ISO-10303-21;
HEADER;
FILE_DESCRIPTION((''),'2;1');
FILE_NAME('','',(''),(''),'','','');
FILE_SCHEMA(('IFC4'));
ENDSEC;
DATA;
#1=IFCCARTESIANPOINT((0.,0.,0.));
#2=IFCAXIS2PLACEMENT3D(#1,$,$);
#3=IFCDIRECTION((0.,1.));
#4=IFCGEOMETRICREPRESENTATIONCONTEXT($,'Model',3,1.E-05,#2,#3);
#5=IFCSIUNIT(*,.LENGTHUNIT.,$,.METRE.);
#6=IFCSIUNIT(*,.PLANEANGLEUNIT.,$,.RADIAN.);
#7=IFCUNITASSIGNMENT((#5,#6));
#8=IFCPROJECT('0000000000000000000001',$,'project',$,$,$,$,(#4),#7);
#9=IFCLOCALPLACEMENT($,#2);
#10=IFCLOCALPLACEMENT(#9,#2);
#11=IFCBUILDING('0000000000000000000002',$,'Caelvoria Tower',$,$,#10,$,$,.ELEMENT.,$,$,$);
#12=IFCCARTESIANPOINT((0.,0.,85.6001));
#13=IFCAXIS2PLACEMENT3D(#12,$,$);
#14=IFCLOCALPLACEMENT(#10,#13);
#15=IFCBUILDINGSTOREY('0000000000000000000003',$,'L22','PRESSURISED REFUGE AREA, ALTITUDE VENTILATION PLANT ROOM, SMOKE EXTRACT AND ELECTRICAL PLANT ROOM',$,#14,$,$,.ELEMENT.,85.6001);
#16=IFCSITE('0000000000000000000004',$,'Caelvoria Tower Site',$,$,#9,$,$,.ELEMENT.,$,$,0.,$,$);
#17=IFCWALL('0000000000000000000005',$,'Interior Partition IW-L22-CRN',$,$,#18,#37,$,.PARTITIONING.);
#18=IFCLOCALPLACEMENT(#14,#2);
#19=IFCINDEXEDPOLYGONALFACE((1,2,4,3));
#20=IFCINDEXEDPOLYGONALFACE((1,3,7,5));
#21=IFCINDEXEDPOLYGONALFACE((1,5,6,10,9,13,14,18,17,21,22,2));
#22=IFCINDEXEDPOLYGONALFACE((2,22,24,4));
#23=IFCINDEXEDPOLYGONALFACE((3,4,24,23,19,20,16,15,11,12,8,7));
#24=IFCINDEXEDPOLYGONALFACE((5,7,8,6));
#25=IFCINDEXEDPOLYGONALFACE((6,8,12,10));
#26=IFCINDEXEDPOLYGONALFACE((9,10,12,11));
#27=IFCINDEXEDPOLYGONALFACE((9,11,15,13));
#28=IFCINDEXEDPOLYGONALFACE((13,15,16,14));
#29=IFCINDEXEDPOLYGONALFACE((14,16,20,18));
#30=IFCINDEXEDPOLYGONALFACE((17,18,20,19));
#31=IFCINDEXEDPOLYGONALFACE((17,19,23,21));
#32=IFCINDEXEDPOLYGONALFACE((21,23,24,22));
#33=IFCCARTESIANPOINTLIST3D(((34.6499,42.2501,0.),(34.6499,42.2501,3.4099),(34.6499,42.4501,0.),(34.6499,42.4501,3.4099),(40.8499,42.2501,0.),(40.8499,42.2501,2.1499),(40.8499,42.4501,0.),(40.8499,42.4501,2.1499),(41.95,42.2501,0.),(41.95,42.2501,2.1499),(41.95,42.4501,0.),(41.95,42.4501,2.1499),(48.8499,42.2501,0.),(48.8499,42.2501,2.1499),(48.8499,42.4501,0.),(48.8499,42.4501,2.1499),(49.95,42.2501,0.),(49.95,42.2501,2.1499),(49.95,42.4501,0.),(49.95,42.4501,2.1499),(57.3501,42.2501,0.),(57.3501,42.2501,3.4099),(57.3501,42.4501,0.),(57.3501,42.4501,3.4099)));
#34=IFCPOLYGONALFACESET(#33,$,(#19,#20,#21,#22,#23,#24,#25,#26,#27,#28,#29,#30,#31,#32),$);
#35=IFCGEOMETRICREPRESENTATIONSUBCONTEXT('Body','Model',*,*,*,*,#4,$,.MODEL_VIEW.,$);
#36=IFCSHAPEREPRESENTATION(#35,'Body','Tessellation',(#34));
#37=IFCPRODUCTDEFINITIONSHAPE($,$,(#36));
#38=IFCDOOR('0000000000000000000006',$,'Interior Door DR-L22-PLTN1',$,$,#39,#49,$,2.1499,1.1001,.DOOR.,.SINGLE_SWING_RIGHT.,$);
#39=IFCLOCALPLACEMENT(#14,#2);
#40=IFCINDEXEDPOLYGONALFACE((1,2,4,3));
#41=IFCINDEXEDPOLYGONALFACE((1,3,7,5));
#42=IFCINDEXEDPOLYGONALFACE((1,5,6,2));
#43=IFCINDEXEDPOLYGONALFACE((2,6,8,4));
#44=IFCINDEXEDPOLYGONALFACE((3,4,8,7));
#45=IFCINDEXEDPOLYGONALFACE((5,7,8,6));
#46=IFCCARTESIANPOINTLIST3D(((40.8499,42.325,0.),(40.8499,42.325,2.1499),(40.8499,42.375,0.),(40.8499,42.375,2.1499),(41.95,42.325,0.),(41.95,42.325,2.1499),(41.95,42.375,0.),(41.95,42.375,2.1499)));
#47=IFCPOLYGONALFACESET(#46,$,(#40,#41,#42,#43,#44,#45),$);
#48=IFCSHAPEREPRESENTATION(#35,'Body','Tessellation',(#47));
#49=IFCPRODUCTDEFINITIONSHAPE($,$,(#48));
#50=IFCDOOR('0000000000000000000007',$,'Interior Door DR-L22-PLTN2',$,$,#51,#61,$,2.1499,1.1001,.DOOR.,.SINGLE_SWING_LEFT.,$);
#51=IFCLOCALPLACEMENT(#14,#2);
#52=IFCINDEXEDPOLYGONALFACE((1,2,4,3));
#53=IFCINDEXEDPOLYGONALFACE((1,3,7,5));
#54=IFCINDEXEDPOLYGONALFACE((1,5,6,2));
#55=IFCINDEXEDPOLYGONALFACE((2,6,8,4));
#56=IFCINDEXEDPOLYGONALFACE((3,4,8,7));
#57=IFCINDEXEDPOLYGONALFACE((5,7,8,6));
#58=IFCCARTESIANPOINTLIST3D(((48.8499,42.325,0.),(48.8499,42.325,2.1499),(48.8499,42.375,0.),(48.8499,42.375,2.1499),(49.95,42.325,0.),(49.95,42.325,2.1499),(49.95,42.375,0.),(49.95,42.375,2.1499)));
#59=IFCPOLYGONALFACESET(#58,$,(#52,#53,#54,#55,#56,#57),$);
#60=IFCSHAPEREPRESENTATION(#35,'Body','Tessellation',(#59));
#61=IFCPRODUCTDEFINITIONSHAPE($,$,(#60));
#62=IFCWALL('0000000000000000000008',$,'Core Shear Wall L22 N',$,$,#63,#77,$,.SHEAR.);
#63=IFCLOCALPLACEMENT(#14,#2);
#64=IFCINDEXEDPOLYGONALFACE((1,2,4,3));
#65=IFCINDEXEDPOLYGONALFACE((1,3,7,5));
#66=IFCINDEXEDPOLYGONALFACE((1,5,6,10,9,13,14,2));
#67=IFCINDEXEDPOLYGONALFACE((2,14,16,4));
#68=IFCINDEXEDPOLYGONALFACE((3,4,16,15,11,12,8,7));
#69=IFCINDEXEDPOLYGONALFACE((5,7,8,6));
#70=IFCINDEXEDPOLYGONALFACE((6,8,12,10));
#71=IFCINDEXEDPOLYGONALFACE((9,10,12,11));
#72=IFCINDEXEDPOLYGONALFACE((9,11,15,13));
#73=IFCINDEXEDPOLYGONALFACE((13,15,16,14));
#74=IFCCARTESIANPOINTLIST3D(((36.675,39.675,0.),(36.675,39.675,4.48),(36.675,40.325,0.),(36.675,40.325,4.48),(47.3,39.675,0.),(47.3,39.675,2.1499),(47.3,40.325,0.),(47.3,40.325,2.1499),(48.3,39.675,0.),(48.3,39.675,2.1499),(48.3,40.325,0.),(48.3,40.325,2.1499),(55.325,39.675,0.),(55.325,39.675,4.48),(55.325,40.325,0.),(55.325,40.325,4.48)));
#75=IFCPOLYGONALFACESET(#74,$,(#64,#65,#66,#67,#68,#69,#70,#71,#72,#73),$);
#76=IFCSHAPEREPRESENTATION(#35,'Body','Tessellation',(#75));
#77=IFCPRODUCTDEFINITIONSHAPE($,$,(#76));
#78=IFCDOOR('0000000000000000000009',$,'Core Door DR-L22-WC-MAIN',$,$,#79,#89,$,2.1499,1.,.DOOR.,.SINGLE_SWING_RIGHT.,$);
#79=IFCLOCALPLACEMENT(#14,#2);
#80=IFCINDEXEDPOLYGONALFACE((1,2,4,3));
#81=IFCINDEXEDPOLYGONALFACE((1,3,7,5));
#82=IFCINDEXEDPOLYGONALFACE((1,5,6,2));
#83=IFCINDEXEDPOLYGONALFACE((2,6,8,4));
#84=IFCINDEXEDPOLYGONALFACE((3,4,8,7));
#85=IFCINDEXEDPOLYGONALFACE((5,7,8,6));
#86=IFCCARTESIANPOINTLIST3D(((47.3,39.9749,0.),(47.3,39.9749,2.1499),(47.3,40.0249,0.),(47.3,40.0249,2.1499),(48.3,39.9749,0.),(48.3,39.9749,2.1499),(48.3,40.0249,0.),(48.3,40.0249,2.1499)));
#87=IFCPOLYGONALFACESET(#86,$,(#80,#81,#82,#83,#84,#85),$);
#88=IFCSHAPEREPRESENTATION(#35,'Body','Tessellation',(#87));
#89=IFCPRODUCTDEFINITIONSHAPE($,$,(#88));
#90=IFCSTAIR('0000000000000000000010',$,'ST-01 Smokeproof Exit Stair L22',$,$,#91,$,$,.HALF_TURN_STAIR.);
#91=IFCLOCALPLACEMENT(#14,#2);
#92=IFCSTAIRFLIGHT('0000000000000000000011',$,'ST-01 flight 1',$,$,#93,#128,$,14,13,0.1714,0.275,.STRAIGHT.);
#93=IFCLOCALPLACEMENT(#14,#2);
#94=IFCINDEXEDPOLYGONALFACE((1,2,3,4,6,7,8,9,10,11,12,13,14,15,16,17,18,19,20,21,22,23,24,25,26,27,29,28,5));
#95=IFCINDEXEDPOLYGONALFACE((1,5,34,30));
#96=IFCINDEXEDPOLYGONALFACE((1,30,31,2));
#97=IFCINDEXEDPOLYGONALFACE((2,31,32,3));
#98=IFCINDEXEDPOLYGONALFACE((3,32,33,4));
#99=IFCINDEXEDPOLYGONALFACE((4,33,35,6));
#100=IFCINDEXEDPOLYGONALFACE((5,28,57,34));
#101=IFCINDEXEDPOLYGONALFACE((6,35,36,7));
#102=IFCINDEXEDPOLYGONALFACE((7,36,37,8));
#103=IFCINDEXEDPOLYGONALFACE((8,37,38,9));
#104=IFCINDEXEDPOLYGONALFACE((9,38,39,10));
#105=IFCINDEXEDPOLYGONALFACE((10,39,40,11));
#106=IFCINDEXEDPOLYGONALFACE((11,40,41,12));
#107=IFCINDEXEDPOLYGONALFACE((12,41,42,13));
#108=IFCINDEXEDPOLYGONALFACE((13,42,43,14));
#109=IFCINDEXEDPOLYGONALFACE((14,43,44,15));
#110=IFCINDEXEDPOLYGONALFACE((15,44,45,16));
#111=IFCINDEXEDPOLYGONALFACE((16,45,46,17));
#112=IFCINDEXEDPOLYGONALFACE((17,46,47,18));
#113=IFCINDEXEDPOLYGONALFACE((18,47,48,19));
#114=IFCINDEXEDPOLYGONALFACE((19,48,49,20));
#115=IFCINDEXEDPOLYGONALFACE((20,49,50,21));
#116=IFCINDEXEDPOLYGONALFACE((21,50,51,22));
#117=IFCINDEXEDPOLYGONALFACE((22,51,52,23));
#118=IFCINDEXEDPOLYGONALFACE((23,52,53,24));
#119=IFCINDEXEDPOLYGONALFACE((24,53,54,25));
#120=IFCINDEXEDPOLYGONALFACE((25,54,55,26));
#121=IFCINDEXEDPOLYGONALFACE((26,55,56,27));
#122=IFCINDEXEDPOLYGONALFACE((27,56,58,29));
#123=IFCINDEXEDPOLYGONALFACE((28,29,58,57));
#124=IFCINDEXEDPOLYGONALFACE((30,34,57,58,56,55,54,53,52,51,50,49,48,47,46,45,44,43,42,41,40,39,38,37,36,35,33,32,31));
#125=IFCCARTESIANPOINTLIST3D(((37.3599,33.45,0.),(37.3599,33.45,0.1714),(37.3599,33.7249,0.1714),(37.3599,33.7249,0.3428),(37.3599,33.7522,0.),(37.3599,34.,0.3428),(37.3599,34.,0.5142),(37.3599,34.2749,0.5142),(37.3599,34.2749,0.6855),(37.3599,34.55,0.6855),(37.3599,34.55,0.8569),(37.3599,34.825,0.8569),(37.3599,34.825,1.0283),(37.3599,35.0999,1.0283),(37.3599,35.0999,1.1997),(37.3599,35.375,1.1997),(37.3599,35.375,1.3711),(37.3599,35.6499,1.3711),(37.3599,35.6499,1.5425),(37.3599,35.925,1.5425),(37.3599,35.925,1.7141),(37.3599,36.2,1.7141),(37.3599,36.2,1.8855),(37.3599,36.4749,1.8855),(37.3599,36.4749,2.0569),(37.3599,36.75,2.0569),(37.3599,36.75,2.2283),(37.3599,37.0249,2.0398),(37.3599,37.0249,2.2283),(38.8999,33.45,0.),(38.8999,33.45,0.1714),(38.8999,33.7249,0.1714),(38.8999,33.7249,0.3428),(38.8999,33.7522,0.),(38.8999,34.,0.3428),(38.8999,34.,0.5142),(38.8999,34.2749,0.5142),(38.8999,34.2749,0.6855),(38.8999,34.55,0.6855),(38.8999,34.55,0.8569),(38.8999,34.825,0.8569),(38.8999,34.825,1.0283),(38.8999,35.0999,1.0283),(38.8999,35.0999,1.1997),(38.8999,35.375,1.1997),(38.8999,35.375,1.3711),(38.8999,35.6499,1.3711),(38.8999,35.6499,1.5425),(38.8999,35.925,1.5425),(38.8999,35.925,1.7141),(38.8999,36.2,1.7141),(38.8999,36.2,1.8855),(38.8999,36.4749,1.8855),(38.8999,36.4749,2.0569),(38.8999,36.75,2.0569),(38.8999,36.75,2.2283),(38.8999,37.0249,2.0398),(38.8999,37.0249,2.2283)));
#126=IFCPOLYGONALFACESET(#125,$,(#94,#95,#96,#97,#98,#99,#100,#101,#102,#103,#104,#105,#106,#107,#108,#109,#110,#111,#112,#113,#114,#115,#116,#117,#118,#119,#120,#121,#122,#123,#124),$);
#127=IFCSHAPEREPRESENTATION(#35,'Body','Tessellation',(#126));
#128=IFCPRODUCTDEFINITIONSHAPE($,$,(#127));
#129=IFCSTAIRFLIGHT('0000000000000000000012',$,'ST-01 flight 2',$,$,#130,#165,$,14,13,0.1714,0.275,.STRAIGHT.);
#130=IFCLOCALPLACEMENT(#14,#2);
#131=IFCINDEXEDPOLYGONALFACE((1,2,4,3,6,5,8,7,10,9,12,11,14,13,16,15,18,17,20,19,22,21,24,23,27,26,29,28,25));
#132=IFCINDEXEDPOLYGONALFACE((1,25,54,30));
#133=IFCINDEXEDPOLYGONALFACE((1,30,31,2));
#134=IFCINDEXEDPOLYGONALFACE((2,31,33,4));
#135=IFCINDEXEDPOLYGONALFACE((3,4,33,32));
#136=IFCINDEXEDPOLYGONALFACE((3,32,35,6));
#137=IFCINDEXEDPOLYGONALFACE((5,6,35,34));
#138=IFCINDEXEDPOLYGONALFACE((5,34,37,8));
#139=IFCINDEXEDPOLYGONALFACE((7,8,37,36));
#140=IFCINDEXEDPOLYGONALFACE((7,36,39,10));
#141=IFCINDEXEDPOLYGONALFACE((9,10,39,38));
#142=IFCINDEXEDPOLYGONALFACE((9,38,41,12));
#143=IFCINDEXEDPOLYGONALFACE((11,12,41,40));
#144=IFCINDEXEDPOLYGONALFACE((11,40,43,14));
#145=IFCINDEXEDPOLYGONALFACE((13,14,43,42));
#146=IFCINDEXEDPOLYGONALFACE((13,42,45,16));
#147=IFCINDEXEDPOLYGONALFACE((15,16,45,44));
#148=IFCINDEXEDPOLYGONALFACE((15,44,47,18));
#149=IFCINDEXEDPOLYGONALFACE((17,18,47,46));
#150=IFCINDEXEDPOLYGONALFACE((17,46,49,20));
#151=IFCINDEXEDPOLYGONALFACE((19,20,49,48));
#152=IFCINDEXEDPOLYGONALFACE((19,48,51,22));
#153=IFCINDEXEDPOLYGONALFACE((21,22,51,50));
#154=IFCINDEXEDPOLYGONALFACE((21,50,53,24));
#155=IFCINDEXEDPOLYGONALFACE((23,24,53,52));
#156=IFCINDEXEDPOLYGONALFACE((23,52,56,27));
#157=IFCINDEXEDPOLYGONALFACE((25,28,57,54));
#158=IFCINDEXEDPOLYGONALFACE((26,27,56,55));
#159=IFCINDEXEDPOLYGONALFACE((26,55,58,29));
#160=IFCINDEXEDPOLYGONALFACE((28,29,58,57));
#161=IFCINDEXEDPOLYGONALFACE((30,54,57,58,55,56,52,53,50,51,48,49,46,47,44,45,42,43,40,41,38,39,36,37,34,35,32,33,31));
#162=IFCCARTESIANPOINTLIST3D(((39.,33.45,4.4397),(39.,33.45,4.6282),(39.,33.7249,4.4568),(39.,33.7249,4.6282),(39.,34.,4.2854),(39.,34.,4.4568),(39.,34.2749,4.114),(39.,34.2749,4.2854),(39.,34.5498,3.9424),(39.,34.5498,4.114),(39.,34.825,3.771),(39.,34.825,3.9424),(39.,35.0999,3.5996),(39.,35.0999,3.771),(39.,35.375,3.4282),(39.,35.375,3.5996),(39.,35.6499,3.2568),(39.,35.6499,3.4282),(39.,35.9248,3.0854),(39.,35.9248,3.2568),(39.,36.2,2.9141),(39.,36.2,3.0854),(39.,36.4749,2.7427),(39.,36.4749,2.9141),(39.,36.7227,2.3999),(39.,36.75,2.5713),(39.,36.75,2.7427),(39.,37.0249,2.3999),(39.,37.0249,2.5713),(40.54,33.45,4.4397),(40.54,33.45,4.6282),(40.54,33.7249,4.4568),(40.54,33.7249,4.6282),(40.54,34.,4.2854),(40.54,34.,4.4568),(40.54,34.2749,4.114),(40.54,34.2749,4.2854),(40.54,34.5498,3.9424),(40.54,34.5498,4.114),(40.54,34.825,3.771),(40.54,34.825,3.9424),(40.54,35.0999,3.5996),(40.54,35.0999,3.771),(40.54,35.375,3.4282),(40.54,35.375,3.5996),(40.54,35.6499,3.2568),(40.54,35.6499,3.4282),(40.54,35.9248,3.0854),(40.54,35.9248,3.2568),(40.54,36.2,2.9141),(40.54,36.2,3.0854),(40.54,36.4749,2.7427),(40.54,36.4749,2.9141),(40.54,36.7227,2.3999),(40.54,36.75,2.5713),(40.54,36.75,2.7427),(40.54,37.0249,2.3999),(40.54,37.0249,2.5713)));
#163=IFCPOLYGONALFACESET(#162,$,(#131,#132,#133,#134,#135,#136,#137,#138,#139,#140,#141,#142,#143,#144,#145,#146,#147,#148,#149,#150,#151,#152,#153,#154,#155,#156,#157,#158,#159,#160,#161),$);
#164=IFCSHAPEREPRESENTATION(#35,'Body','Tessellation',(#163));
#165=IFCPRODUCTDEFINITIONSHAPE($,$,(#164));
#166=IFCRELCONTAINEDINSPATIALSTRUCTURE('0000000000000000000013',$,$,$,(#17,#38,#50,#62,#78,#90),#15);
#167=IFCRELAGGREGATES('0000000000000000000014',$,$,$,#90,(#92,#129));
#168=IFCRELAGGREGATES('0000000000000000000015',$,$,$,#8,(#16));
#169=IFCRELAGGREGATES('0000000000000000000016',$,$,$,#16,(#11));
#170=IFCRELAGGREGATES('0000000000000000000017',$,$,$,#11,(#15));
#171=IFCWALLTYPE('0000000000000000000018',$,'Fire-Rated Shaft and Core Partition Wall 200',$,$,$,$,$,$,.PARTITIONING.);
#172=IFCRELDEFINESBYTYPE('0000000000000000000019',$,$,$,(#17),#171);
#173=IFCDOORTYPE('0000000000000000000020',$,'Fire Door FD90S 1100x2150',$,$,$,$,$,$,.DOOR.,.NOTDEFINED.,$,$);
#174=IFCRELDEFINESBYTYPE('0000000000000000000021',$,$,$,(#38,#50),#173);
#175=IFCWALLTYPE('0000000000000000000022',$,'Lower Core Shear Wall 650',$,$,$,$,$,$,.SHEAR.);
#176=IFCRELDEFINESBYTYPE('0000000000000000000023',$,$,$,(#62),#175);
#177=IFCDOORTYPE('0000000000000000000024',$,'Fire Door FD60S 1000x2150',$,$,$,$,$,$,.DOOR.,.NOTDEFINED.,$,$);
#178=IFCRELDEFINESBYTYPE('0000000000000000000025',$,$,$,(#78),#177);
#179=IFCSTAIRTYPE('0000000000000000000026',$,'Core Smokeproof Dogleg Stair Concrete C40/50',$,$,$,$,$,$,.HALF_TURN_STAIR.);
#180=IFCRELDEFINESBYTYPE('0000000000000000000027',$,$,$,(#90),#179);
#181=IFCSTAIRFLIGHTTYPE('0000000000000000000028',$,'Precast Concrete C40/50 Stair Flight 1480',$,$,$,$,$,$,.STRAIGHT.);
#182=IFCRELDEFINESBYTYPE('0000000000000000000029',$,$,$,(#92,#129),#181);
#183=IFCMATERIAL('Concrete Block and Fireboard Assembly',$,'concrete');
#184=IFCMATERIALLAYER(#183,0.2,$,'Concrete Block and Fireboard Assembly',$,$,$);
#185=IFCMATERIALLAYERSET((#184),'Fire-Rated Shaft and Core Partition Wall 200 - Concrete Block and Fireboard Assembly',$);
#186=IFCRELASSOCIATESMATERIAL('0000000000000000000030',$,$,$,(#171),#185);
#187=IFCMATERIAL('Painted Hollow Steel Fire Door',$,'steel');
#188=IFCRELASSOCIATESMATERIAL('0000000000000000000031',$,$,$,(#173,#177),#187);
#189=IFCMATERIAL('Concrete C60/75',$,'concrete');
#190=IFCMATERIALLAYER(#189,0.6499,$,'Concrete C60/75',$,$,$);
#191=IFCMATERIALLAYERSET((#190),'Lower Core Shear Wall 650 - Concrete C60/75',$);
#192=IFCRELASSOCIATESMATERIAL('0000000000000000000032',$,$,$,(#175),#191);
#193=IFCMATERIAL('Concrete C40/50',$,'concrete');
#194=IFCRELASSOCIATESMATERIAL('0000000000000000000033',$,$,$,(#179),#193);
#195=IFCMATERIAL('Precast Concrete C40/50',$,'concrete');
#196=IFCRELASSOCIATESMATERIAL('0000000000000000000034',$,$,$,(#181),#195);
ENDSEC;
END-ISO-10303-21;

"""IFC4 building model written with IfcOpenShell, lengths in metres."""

from ifc_helpers import new_model, si_unit, direction, frame, frame_2d, origin, place, context, subcontext, project, spatial, polyline, rectangle, outline, extrude, material, layer, layer_set, type_object, element, fill, aggregate, save


model = new_model("IFC4")

# Units and contexts
model_context = context("Model", 3, precision=1e-05, world=origin(), true_north=direction((0.0, 1.0)))
body_context = subcontext(model_context, "Body", "Model", "MODEL_VIEW")
ifc_project = project(units=[si_unit("LENGTHUNIT", "METRE"), si_unit("PLANEANGLEUNIT", "RADIAN")], contexts=[model_context])

# Site, building, storey
site_placement = place(None, origin())
site = spatial("IfcSite", under=ifc_project, at=site_placement, Name="Caelvoria Tower Site", CompositionType="ELEMENT", RefElevation=0.0)
building_placement = place(site_placement, origin())
building = spatial("IfcBuilding", under=site, at=building_placement, Name="Caelvoria Tower", CompositionType="ELEMENT")
storey_placement = place(building_placement, frame((0.0, 0.0, 85.6001)))
storey = spatial("IfcBuildingStorey", under=building, at=storey_placement, Name="L22", Description="PRESSURISED REFUGE AREA, ALTITUDE VENTILATION PLANT ROOM, SMOKE EXTRACT AND ELECTRICAL PLANT ROOM", CompositionType="ELEMENT", Elevation=85.6001)

# Shared definitions
ifc_material_1 = material(Name="Concrete Block and Fireboard Assembly", Category="concrete")
ifc_layer_1 = layer(ifc_material_1, 0.2, Name="Concrete Block and Fireboard Assembly")
ifc_layer_set_1 = layer_set([ifc_layer_1], Name="Fire-Rated Shaft and Core Partition Wall 200 - Concrete Block and Fireboard Assembly")
wall_type_1 = type_object("IfcWallType", Name="Fire-Rated Shaft and Core Partition Wall 200", PredefinedType="PARTITIONING", material=ifc_layer_set_1)

# Wall, openings, doors
wall_1_placement = place(storey_placement, frame((34.6499, 42.3501, 0.0), z_axis=(0.0, 0.0, 1.0), x_axis=(1.0, 0.0, 0.0)))
wall_1 = element("IfcWall", 1, at=wall_1_placement, inside=storey, type_object=wall_type_1, Name="Interior Partition IW-L22-CRN", PredefinedType="PARTITIONING", context=body_context, shape_type="SweptSolid", body=[
    extrude(rectangle(XDim=22.7002, YDim=0.2, at=frame_2d((11.3501, 0.0))), origin(), (0.0, 0.0, 1.0), 3.4099),
])
opening_1_placement = place(wall_1_placement, frame((6.2, 0.0, 0.0)))
opening_1 = element("IfcOpeningElement", 2, at=opening_1_placement, cuts=wall_1, PredefinedType="OPENING", context=body_context, shape_type="SweptSolid", body=[
    extrude(rectangle(XDim=1.1001, YDim=2.1499, at=frame_2d((0.55, 1.075))), frame((0.0, 0.1099, 0.0), z_axis=(0.0, -1.0, 0.0), x_axis=(1.0, 0.0, 0.0)), (0.0, 0.0, 1.0), 0.22),
])
opening_2_placement = place(wall_1_placement, frame((14.2, 0.0, 0.0)))
opening_2 = element("IfcOpeningElement", 3, at=opening_2_placement, cuts=wall_1, PredefinedType="OPENING", context=body_context, shape_type="SweptSolid", body=[
    extrude(rectangle(XDim=1.1001, YDim=2.1499, at=frame_2d((0.55, 1.075))), frame((0.0, 0.1099, 0.0), z_axis=(0.0, -1.0, 0.0), x_axis=(1.0, 0.0, 0.0)), (0.0, 0.0, 1.0), 0.22),
])
ifc_material_2 = material(Name="Painted Hollow Steel Fire Door", Category="steel")
door_type_1 = type_object("IfcDoorType", Name="Fire Door FD90S 1100x2150", OperationType="NOTDEFINED", PredefinedType="DOOR", material=ifc_material_2)
door_1_placement = place(opening_1_placement, origin())
door_1 = element("IfcDoor", 4, at=door_1_placement, inside=storey, type_object=door_type_1, Name="Interior Door DR-L22-PLTN1", OperationType="SINGLE_SWING_RIGHT", OverallHeight=2.1499, OverallWidth=1.1001, PredefinedType="DOOR", context=body_context, shape_type="SweptSolid", body=[
    extrude(rectangle(XDim=1.1001, YDim=2.1499, at=frame_2d((0.55, 1.075))), frame((0.0, 0.0249, 0.0), z_axis=(0.0, -1.0, 0.0), x_axis=(1.0, 0.0, 0.0)), (0.0, 0.0, 1.0), 0.05),
])
fill(opening_1, door_1)
door_2_placement = place(opening_2_placement, origin())
door_2 = element("IfcDoor", 5, at=door_2_placement, inside=storey, type_object=door_type_1, Name="Interior Door DR-L22-PLTN2", OperationType="SINGLE_SWING_LEFT", OverallHeight=2.1499, OverallWidth=1.1001, PredefinedType="DOOR", context=body_context, shape_type="SweptSolid", body=[
    extrude(rectangle(XDim=1.1001, YDim=2.1499, at=frame_2d((0.55, 1.075))), frame((0.0, 0.0249, 0.0), z_axis=(0.0, -1.0, 0.0), x_axis=(1.0, 0.0, 0.0)), (0.0, 0.0, 1.0), 0.05),
])
fill(opening_2, door_2)

# Wall, opening, door
ifc_material_3 = material(Name="Concrete C60/75", Category="concrete")
ifc_layer_2 = layer(ifc_material_3, 0.6499, Name="Concrete C60/75")
ifc_layer_set_2 = layer_set([ifc_layer_2], Name="Lower Core Shear Wall 650 - Concrete C60/75")
wall_type_2 = type_object("IfcWallType", Name="Lower Core Shear Wall 650", PredefinedType="SHEAR", material=ifc_layer_set_2)
wall_2_placement = place(storey_placement, frame((36.675, 40.0, 0.0), z_axis=(0.0, 0.0, 1.0), x_axis=(1.0, 0.0, 0.0)))
wall_2 = element("IfcWall", 6, at=wall_2_placement, inside=storey, type_object=wall_type_2, Name="Core Shear Wall L22 N", PredefinedType="SHEAR", context=body_context, shape_type="SweptSolid", body=[
    extrude(rectangle(XDim=18.6499, YDim=0.6499, at=frame_2d((9.325, 0.0))), origin(), (0.0, 0.0, 1.0), 4.48),
])
opening_3_placement = place(wall_2_placement, frame((10.625, 0.0, 0.0)))
opening_3 = element("IfcOpeningElement", 7, at=opening_3_placement, cuts=wall_2, PredefinedType="OPENING", context=body_context, shape_type="SweptSolid", body=[
    extrude(rectangle(XDim=1.0, YDim=2.1499, at=frame_2d((0.5, 1.075))), frame((0.0, 0.335, 0.0), z_axis=(0.0, -1.0, 0.0), x_axis=(1.0, 0.0, 0.0)), (0.0, 0.0, 1.0), 0.6699),
])
door_type_2 = type_object("IfcDoorType", Name="Fire Door FD60S 1000x2150", OperationType="NOTDEFINED", PredefinedType="DOOR", material=ifc_material_2)
door_3_placement = place(opening_3_placement, origin())
door_3 = element("IfcDoor", 8, at=door_3_placement, inside=storey, type_object=door_type_2, Name="Core Door DR-L22-WC-MAIN", OperationType="SINGLE_SWING_RIGHT", OverallHeight=2.1499, OverallWidth=1.0, PredefinedType="DOOR", context=body_context, shape_type="SweptSolid", body=[
    extrude(rectangle(XDim=1.0, YDim=2.1499, at=frame_2d((0.5, 1.075))), frame((0.0, 0.0249, 0.0), z_axis=(0.0, -1.0, 0.0), x_axis=(1.0, 0.0, 0.0)), (0.0, 0.0, 1.0), 0.05),
])
fill(opening_3, door_3)

# Stair, stair flights
ifc_material_4 = material(Name="Concrete C40/50", Category="concrete")
stair_type = type_object("IfcStairType", Name="Core Smokeproof Dogleg Stair Concrete C40/50", PredefinedType="HALF_TURN_STAIR", material=ifc_material_4)
stair_placement = place(storey_placement, origin())
stair = element("IfcStair", 9, at=stair_placement, inside=storey, type_object=stair_type, Name="ST-01 Smokeproof Exit Stair L22", PredefinedType="HALF_TURN_STAIR")
ifc_material_5 = material(Name="Precast Concrete C40/50", Category="concrete")
stair_flight_type = type_object("IfcStairFlightType", Name="Precast Concrete C40/50 Stair Flight 1480", PredefinedType="STRAIGHT", material=ifc_material_5)
stair_flight_1_placement = place(storey_placement, frame((38.1299, 33.45, 0.0), z_axis=(0.0, 0.0, 1.0), x_axis=(0.0, 1.0, 0.0)))
stair_flight_1 = element("IfcStairFlight", 10, at=stair_flight_1_placement, type_object=stair_flight_type, Name="ST-01 flight 1", NumberOfRisers=14, NumberOfTreads=13, PredefinedType="STRAIGHT", RiserHeight=0.1714, TreadLength=0.275, context=body_context, shape_type="SweptSolid", body=[
    extrude(outline(polyline([(0.0, 0.0), (0.0, 0.1714), (0.2749, 0.1714), (0.2749, 0.3428), (0.55, 0.3428), (0.55, 0.5142), (0.825, 0.5142), (0.825, 0.6855), (1.1001, 0.6855), (1.1001, 0.8569), (1.375, 0.8569), (1.375, 1.0283), (1.6499, 1.0283), (1.6499, 1.1997), (1.925, 1.1997), (1.925, 1.3711), (2.2, 1.3711), (2.2, 1.5425), (2.4751, 1.5425), (2.4751, 1.7141), (2.75, 1.7141), (2.75, 1.8855), (3.0249, 1.8855), (3.0249, 2.0569), (3.3, 2.0569), (3.3, 2.2283), (3.575, 2.2283), (3.575, 2.3997), (3.575, 2.0398), (0.3022, 0.0), (0.0, 0.0)])), frame((0.0, 0.77, 0.0), z_axis=(0.0, -1.0, 0.0), x_axis=(1.0, 0.0, 0.0)), (0.0, 0.0, 1.0), 1.54),
])
stair_flight_2_placement = place(storey_placement, frame((39.77, 37.0249, 2.3999), z_axis=(0.0, 0.0, 1.0), x_axis=(0.0, -1.0, 0.0)))
stair_flight_2 = element("IfcStairFlight", 11, at=stair_flight_2_placement, type_object=stair_flight_type, Name="ST-01 flight 2", NumberOfRisers=14, NumberOfTreads=13, PredefinedType="STRAIGHT", RiserHeight=0.1714, TreadLength=0.275, context=body_context, shape_type="SweptSolid", body=[
    extrude(outline(polyline([(0.0, 0.0), (0.0, 0.1714), (0.2749, 0.1714), (0.2749, 0.3428), (0.55, 0.3428), (0.55, 0.5142), (0.825, 0.5142), (0.825, 0.6855), (1.1001, 0.6855), (1.1001, 0.8569), (1.375, 0.8569), (1.375, 1.0283), (1.6499, 1.0283), (1.6499, 1.1997), (1.925, 1.1997), (1.925, 1.3711), (2.2, 1.3711), (2.2, 1.5425), (2.4751, 1.5425), (2.4751, 1.7141), (2.75, 1.7141), (2.75, 1.8855), (3.0249, 1.8855), (3.0249, 2.0569), (3.3, 2.0569), (3.3, 2.2283), (3.575, 2.2283), (3.575, 2.3997), (3.575, 2.0398), (0.3022, 0.0), (0.0, 0.0)])), frame((0.0, 0.77, 0.0), z_axis=(0.0, -1.0, 0.0), x_axis=(1.0, 0.0, 0.0)), (0.0, 0.0, 1.0), 1.54),
])
aggregate(stair, [stair_flight_1, stair_flight_2])

save(model, "model.ifc")
